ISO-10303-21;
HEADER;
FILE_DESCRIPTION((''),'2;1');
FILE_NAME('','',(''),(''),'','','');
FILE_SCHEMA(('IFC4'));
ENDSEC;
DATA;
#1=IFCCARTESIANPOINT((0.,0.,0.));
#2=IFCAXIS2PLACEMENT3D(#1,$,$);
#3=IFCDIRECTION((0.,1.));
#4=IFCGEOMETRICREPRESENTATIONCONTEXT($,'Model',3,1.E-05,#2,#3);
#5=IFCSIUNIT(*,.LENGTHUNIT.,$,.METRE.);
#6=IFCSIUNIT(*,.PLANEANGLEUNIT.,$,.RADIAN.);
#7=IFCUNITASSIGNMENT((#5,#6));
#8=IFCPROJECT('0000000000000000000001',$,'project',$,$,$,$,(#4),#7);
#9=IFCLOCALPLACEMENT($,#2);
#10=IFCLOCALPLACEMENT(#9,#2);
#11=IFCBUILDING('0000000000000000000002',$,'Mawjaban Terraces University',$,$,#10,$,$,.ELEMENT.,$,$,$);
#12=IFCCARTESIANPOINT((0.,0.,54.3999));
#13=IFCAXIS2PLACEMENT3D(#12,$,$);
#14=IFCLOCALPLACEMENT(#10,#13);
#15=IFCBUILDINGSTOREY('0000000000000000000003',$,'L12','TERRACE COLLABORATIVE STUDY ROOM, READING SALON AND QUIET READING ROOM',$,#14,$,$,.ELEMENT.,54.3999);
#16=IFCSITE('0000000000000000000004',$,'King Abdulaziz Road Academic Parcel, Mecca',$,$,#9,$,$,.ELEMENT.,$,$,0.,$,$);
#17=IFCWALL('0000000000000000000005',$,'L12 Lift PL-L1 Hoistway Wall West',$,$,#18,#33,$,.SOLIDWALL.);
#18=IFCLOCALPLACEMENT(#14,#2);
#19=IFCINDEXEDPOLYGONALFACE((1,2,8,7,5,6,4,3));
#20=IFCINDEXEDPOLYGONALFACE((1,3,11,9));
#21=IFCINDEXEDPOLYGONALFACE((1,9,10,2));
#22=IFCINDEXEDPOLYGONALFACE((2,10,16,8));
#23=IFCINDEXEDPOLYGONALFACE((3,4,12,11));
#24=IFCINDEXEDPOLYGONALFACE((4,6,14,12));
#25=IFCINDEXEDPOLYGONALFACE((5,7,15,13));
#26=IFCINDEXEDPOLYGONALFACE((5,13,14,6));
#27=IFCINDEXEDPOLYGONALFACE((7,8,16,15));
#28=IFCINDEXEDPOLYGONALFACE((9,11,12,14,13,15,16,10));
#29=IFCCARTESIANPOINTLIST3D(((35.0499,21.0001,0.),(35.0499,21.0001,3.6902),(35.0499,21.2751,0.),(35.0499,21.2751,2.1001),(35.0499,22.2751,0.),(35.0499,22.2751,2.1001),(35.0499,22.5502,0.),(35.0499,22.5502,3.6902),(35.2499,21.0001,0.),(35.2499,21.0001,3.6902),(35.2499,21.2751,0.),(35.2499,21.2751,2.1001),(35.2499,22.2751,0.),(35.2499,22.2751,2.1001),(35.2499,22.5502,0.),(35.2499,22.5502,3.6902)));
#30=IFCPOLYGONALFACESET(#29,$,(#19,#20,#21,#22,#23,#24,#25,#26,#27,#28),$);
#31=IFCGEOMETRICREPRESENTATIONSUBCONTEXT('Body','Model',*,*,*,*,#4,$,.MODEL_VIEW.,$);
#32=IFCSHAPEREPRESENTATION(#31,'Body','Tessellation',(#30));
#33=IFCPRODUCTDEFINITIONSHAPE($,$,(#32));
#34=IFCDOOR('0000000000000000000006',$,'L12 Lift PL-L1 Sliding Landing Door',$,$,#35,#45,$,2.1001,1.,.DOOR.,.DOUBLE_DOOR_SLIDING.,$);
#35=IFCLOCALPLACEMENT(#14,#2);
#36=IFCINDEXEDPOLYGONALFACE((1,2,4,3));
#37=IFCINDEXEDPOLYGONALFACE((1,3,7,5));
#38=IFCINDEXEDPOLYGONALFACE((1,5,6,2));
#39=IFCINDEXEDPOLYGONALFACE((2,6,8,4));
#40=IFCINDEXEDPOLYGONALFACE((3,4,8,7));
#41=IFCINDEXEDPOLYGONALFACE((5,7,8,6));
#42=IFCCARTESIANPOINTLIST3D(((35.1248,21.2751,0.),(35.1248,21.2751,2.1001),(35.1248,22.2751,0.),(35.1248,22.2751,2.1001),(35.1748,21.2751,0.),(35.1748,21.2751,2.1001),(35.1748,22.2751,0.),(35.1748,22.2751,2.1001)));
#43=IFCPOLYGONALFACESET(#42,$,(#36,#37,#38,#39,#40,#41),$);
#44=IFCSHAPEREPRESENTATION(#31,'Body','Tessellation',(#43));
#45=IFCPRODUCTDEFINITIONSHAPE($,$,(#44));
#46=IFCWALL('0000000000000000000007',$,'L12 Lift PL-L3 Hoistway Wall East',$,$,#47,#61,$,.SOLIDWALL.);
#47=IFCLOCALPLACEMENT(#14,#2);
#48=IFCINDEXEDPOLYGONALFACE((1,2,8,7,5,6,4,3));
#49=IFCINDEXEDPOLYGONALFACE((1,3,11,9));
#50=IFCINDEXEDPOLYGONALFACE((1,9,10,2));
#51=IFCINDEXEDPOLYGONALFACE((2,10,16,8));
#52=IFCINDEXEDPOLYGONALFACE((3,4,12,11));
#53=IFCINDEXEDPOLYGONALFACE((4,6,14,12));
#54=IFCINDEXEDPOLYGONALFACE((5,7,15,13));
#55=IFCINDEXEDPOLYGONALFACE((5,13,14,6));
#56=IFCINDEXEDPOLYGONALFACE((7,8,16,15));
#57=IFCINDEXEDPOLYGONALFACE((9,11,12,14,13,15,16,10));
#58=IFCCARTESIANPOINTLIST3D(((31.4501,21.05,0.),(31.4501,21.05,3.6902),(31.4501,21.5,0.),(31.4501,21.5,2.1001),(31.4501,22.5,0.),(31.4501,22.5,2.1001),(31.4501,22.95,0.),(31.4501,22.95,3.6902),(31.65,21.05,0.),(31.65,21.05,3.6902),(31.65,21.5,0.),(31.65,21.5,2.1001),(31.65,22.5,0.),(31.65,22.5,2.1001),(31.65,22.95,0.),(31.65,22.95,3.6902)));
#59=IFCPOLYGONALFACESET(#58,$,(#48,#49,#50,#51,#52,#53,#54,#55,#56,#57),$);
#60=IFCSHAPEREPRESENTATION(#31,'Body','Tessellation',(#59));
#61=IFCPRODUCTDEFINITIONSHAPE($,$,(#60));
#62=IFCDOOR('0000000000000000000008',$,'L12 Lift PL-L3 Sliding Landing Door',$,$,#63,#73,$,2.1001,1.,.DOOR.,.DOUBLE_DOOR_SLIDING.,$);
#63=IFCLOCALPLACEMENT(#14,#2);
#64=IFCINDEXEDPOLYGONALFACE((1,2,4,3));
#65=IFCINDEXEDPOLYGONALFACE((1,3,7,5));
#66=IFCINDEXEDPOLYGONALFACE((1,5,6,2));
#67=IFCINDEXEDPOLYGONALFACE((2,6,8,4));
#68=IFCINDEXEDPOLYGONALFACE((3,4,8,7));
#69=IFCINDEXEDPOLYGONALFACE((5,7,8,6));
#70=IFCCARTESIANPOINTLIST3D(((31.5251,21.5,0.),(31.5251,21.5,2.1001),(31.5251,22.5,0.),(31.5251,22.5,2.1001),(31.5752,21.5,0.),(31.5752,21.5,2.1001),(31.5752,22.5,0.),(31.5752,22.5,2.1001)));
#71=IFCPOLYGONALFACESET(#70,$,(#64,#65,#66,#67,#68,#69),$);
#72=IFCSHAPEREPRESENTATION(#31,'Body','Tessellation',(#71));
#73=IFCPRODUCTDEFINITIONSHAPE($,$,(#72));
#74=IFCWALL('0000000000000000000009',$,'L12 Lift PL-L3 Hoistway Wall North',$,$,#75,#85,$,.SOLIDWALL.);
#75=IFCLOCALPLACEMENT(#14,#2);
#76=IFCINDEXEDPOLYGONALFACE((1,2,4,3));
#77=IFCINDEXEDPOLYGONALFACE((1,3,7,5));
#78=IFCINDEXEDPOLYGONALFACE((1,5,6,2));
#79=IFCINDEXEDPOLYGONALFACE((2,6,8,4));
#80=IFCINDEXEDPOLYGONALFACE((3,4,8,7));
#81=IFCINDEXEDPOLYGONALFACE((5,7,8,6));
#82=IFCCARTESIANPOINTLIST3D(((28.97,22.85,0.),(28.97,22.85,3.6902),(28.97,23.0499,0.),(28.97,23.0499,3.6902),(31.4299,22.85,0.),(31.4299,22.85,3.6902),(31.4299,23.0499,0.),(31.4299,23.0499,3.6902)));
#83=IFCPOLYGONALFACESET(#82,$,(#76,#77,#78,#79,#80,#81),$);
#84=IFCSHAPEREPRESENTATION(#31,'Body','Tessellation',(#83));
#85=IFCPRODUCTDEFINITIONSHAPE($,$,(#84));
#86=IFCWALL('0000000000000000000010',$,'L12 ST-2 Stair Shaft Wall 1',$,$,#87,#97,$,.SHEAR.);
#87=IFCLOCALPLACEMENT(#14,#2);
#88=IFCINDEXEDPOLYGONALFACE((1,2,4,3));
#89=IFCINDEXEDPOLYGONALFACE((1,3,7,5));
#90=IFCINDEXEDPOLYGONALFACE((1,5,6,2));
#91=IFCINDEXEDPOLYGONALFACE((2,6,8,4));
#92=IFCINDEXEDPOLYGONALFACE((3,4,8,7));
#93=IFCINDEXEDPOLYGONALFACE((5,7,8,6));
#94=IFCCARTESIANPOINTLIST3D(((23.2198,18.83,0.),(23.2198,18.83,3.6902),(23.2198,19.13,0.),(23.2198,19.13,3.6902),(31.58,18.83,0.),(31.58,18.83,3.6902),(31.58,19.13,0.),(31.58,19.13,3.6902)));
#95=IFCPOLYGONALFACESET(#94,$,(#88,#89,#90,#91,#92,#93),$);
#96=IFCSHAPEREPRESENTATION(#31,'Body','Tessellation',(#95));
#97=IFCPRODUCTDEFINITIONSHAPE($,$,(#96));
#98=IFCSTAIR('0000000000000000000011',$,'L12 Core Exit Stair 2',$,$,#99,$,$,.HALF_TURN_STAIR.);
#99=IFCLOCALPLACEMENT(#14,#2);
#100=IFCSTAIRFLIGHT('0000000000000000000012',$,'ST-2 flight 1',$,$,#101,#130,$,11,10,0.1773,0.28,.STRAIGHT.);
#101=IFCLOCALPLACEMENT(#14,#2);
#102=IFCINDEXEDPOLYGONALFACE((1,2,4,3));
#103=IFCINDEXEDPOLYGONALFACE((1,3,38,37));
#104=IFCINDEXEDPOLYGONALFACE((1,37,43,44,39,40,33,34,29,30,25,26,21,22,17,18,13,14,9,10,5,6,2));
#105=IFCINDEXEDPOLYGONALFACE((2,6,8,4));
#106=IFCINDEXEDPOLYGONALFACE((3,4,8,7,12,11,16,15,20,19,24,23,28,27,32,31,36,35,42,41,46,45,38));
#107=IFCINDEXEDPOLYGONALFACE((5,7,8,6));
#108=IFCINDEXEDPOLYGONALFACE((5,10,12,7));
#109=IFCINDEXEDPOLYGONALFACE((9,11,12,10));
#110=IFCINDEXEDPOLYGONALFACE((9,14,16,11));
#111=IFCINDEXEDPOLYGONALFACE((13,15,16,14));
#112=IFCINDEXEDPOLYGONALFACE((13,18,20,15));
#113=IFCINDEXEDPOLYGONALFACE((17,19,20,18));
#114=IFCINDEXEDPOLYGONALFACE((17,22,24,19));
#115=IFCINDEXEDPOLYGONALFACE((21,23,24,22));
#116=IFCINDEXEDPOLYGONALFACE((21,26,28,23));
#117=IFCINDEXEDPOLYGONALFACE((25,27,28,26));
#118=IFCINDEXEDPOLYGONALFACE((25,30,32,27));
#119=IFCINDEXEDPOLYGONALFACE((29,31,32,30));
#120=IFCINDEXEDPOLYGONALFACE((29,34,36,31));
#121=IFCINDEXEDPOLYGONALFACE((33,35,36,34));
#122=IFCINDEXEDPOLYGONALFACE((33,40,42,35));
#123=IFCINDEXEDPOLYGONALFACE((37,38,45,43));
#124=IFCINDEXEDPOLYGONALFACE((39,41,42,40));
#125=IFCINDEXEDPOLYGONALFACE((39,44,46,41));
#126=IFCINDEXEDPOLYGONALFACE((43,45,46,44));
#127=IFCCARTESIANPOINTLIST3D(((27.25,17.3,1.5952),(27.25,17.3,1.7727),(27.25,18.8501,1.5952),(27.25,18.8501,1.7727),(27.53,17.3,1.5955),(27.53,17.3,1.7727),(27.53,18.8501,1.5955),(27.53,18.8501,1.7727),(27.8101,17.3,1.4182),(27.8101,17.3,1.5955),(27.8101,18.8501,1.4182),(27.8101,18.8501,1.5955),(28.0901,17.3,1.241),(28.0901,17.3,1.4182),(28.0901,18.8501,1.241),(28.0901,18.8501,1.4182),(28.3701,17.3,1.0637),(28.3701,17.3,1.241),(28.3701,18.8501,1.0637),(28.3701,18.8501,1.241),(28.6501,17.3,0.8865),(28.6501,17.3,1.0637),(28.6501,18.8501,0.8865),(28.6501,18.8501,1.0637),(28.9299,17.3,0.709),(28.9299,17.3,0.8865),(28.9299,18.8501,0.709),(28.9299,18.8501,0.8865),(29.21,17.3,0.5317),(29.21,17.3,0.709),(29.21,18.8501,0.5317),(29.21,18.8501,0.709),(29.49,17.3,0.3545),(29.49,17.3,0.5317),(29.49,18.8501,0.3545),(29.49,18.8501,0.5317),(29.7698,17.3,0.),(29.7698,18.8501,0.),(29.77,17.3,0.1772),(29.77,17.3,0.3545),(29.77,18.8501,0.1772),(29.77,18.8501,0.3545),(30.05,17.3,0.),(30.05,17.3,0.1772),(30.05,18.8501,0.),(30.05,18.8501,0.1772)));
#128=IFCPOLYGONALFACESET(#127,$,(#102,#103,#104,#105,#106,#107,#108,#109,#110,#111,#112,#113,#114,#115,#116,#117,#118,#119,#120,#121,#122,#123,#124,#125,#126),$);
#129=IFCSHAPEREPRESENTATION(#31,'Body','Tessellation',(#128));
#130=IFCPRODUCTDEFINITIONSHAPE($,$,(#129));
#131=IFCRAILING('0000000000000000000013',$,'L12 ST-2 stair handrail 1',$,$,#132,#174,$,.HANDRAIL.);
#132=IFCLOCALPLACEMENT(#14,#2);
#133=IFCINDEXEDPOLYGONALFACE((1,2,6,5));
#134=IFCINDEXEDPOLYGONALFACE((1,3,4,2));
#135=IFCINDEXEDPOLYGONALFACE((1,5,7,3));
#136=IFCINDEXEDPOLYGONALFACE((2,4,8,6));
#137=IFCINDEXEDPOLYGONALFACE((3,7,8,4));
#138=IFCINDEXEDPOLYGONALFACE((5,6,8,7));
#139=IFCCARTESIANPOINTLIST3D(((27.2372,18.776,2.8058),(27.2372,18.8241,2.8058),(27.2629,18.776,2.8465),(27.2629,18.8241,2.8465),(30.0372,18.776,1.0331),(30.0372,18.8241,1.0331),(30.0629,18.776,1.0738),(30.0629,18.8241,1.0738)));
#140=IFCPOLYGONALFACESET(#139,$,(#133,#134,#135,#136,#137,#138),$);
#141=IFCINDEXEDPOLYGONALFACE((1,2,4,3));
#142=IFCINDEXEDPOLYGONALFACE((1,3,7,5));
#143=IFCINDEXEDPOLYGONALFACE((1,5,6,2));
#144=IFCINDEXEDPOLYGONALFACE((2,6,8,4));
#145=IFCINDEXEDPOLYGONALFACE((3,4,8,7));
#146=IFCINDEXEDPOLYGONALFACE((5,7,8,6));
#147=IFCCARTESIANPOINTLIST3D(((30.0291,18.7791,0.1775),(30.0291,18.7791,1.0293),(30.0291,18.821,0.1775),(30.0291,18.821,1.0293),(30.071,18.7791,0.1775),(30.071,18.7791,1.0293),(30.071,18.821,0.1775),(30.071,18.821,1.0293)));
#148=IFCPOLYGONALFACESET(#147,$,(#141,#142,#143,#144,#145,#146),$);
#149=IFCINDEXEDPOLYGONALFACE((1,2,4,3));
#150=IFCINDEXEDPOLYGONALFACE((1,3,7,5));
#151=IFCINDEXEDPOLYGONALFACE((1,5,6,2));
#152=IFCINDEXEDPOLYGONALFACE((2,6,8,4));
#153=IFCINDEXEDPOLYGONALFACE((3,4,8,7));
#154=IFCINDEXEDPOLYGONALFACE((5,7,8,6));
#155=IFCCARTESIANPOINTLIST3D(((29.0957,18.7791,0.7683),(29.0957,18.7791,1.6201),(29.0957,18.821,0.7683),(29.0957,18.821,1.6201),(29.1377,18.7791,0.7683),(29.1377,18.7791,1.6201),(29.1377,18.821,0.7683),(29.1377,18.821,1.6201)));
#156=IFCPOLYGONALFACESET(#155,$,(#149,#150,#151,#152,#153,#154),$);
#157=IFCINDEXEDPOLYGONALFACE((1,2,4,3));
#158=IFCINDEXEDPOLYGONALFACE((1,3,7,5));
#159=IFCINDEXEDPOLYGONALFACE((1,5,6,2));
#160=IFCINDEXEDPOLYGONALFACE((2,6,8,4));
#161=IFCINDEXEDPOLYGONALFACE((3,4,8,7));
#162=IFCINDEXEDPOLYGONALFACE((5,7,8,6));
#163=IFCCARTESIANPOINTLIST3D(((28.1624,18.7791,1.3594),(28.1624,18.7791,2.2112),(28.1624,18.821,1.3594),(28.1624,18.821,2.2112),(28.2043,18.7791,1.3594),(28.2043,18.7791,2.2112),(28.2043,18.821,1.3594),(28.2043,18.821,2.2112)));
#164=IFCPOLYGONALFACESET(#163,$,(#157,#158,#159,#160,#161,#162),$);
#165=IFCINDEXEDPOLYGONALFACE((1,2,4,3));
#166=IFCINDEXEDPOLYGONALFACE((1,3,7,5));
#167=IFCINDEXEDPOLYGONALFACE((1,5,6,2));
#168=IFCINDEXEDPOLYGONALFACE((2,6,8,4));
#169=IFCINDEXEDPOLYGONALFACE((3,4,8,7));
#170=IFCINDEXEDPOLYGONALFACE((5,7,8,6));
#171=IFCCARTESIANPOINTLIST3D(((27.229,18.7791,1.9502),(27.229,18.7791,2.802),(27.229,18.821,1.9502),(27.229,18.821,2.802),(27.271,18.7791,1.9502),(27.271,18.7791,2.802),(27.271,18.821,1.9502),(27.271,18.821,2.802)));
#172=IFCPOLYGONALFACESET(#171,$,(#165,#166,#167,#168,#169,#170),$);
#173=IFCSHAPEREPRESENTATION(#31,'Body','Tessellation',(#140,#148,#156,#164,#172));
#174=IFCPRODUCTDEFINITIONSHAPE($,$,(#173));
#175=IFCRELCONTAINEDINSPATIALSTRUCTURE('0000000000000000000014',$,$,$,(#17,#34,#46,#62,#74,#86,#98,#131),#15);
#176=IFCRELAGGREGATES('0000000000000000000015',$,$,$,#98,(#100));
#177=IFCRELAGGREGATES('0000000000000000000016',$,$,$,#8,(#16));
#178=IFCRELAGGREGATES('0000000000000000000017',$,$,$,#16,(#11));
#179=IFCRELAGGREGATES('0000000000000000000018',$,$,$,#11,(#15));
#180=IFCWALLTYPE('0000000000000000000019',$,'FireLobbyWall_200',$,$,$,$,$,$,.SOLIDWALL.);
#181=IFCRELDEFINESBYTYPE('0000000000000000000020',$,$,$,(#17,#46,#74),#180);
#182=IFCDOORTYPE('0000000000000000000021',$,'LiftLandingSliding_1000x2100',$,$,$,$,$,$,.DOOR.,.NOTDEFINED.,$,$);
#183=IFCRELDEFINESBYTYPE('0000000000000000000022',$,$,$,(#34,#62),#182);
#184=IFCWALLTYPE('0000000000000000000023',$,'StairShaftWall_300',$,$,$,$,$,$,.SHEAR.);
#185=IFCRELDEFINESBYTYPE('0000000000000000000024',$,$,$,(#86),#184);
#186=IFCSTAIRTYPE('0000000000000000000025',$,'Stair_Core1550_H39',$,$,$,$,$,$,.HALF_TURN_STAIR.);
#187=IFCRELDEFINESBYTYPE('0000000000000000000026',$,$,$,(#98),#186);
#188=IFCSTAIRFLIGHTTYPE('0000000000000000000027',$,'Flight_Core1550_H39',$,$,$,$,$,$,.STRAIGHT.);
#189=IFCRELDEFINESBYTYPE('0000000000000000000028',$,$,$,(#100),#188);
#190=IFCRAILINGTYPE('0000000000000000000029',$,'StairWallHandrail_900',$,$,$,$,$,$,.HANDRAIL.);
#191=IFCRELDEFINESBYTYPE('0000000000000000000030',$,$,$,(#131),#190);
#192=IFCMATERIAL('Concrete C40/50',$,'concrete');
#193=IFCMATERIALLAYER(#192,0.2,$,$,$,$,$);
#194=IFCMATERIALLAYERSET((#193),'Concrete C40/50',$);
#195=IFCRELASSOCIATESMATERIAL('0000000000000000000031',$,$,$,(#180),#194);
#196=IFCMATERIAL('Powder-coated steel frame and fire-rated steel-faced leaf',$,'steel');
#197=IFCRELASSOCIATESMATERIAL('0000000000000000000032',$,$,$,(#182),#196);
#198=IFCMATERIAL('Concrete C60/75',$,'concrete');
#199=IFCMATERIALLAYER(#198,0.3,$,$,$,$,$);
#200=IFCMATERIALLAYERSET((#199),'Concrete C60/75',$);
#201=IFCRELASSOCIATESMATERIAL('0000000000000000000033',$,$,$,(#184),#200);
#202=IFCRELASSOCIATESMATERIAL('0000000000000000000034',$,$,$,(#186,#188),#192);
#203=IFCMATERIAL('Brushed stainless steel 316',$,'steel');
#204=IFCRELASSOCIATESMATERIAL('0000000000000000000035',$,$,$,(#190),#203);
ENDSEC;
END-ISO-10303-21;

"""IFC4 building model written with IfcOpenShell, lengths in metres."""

from ifc_helpers import new_model, si_unit, direction, frame, frame_2d, origin, origin_2d, place, context, subcontext, project, spatial, polyline, rectangle, outline, extrude, material, layer, layer_set, type_object, element, fill, aggregate, save


model = new_model("IFC4")

# Units and contexts
model_context = context("Model", 3, precision=1e-05, world=origin(), true_north=direction((0.0, 1.0)))
body_context = subcontext(model_context, "Body", "Model", "MODEL_VIEW")
ifc_project = project(units=[si_unit("LENGTHUNIT", "METRE"), si_unit("PLANEANGLEUNIT", "RADIAN")], contexts=[model_context])

# Site, building, storey
site_placement = place(None, origin())
site = spatial("IfcSite", under=ifc_project, at=site_placement, Name="King Abdulaziz Road Academic Parcel, Mecca", CompositionType="ELEMENT", RefElevation=0.0)
building_placement = place(site_placement, origin())
building = spatial("IfcBuilding", under=site, at=building_placement, Name="Mawjaban Terraces University", CompositionType="ELEMENT")
storey_placement = place(building_placement, frame((0.0, 0.0, 54.3999)))
storey = spatial("IfcBuildingStorey", under=building, at=storey_placement, Name="L12", Description="TERRACE COLLABORATIVE STUDY ROOM, READING SALON AND QUIET READING ROOM", CompositionType="ELEMENT", Elevation=54.3999)

# Shared definitions
ifc_material_1 = material(Name="Concrete C40/50", Category="concrete")
ifc_layer_1 = layer(ifc_material_1, 0.2)
ifc_layer_set_1 = layer_set([ifc_layer_1], Name="Concrete C40/50")
wall_type_1 = type_object("IfcWallType", Name="FireLobbyWall_200", PredefinedType="SOLIDWALL", material=ifc_layer_set_1)

# Walls, openings, doors
wall_1_placement = place(storey_placement, frame((35.1499, 22.55, 0.0), z_axis=(0.0, 0.0, 1.0), x_axis=(0.0, -1.0, 0.0)))
wall_1 = element("IfcWall", 1, at=wall_1_placement, inside=storey, type_object=wall_type_1, Name="L12 Lift PL-L1 Hoistway Wall West", PredefinedType="SOLIDWALL", context=body_context, shape_type="SweptSolid", body=[
    extrude(rectangle(XDim=1.55, YDim=0.2, at=frame_2d((0.7749, 0.0))), origin(), (0.0, 0.0, 1.0), 3.6902),
])
opening_1_placement = place(wall_1_placement, frame((0.2749, 0.0, 0.0)))
opening_1 = element("IfcOpeningElement", 2, at=opening_1_placement, cuts=wall_1, PredefinedType="OPENING", context=body_context, shape_type="SweptSolid", body=[
    extrude(rectangle(XDim=1.0, YDim=2.1001, at=frame_2d((0.5, 1.05))), frame((0.0, 0.1099, 0.0), z_axis=(0.0, -1.0, 0.0), x_axis=(1.0, 0.0, 0.0)), (0.0, 0.0, 1.0), 0.22),
])
ifc_material_2 = material(Name="Powder-coated steel frame and fire-rated steel-faced leaf", Category="steel")
door_type_1 = type_object("IfcDoorType", Name="LiftLandingSliding_1000x2100", OperationType="NOTDEFINED", PredefinedType="DOOR", material=ifc_material_2)
door_1_placement = place(opening_1_placement, origin())
door_1 = element("IfcDoor", 3, at=door_1_placement, inside=storey, type_object=door_type_1, Name="L12 Lift PL-L1 Sliding Landing Door", OperationType="DOUBLE_DOOR_SLIDING", OverallHeight=2.1001, OverallWidth=1.0, PredefinedType="DOOR", context=body_context, shape_type="SweptSolid", body=[
    extrude(rectangle(XDim=1.0, YDim=2.1001, at=frame_2d((0.5, 1.05))), frame((0.0, 0.0249, 0.0), z_axis=(0.0, -1.0, 0.0), x_axis=(1.0, 0.0, 0.0)), (0.0, 0.0, 1.0), 0.05),
])
fill(opening_1, door_1)
wall_2_placement = place(storey_placement, frame((31.55, 21.05, 0.0), z_axis=(0.0, 0.0, 1.0), x_axis=(0.0, 1.0, 0.0)))
wall_2 = element("IfcWall", 4, at=wall_2_placement, inside=storey, type_object=wall_type_1, Name="L12 Lift PL-L3 Hoistway Wall East", PredefinedType="SOLIDWALL", context=body_context, shape_type="SweptSolid", body=[
    extrude(rectangle(XDim=1.8999, YDim=0.2, at=frame_2d((0.95, 0.0))), origin(), (0.0, 0.0, 1.0), 3.6902),
])
opening_2_placement = place(wall_2_placement, frame((0.45, 0.0, 0.0)))
opening_2 = element("IfcOpeningElement", 5, at=opening_2_placement, cuts=wall_2, PredefinedType="OPENING", context=body_context, shape_type="SweptSolid", body=[
    extrude(rectangle(XDim=1.0, YDim=2.1001, at=frame_2d((0.5, 1.05))), frame((0.0, 0.1099, 0.0), z_axis=(0.0, -1.0, 0.0), x_axis=(1.0, 0.0, 0.0)), (0.0, 0.0, 1.0), 0.22),
])
door_2_placement = place(opening_2_placement, origin())
door_2 = element("IfcDoor", 6, at=door_2_placement, inside=storey, type_object=door_type_1, Name="L12 Lift PL-L3 Sliding Landing Door", OperationType="DOUBLE_DOOR_SLIDING", OverallHeight=2.1001, OverallWidth=1.0, PredefinedType="DOOR", context=body_context, shape_type="SweptSolid", body=[
    extrude(rectangle(XDim=1.0, YDim=2.1001, at=frame_2d((0.5, 1.05))), frame((0.0, 0.0249, 0.0), z_axis=(0.0, -1.0, 0.0), x_axis=(1.0, 0.0, 0.0)), (0.0, 0.0, 1.0), 0.05),
])
fill(opening_2, door_2)

# Walls
wall_3_placement = place(storey_placement, frame((31.4299, 22.95, 0.0), z_axis=(0.0, 0.0, 1.0), x_axis=(-1.0, 0.0, 0.0)))
element("IfcWall", 7, at=wall_3_placement, inside=storey, type_object=wall_type_1, Name="L12 Lift PL-L3 Hoistway Wall North", PredefinedType="SOLIDWALL", context=body_context, shape_type="SweptSolid", body=[
    extrude(rectangle(XDim=2.46, YDim=0.2, at=frame_2d((1.23, 0.0))), origin(), (0.0, 0.0, 1.0), 3.6902),
])
ifc_material_3 = material(Name="Concrete C60/75", Category="concrete")
ifc_layer_2 = layer(ifc_material_3, 0.3)
ifc_layer_set_2 = layer_set([ifc_layer_2], Name="Concrete C60/75")
wall_type_2 = type_object("IfcWallType", Name="StairShaftWall_300", PredefinedType="SHEAR", material=ifc_layer_set_2)
wall_4_placement = place(storey_placement, frame((31.5801, 18.98, 0.0), z_axis=(0.0, 0.0, 1.0), x_axis=(-1.0, 0.0, 0.0)))
element("IfcWall", 8, at=wall_4_placement, inside=storey, type_object=wall_type_2, Name="L12 ST-2 Stair Shaft Wall 1", PredefinedType="SHEAR", context=body_context, shape_type="SweptSolid", body=[
    extrude(rectangle(XDim=8.3601, YDim=0.3, at=frame_2d((4.1802, 0.0))), origin(), (0.0, 0.0, 1.0), 3.6902),
])

# Stair, stair flight
stair_type = type_object("IfcStairType", Name="Stair_Core1550_H39", PredefinedType="HALF_TURN_STAIR", material=ifc_material_1)
stair_placement = place(storey_placement, origin())
stair = element("IfcStair", 9, at=stair_placement, inside=storey, type_object=stair_type, Name="L12 Core Exit Stair 2", PredefinedType="HALF_TURN_STAIR")
stair_flight_type = type_object("IfcStairFlightType", Name="Flight_Core1550_H39", PredefinedType="STRAIGHT", material=ifc_material_1)
stair_flight_placement = place(storey_placement, frame((30.05, 18.075, 0.0), z_axis=(0.0, 0.0, 1.0), x_axis=(-1.0, 0.0, 0.0)))
stair_flight = element("IfcStairFlight", 10, at=stair_flight_placement, type_object=stair_flight_type, Name="ST-2 flight 1", NumberOfRisers=11, NumberOfTreads=10, PredefinedType="STRAIGHT", RiserHeight=0.1773, TreadLength=0.28, context=body_context, shape_type="SweptSolid", body=[
    extrude(outline(polyline([(0.0, 0.0), (0.0, 0.1772), (0.28, 0.1772), (0.28, 0.3545), (0.5601, 0.3545), (0.5601, 0.5317), (0.8401, 0.5317), (0.8401, 0.709), (1.1201, 0.709), (1.1201, 0.8865), (1.3999, 0.8865), (1.3999, 1.0637), (1.6799, 1.0637), (1.6799, 1.241), (1.96, 1.241), (1.96, 1.4182), (2.24, 1.4182), (2.24, 1.5955), (2.52, 1.5955), (2.52, 1.7727), (2.8, 1.7727), (2.8, 1.95), (2.8, 1.5952), (0.2803, 0.0), (0.0, 0.0)])), frame((0.0, 0.7749, 0.0), z_axis=(0.0, -1.0, 0.0), x_axis=(1.0, 0.0, 0.0)), (0.0, 0.0, 1.0), 1.55),
])
aggregate(stair, [stair_flight])

# Railing
ifc_material_4 = material(Name="Brushed stainless steel 316", Category="steel")
railing_type_1 = type_object("IfcRailingType", Name="StairWallHandrail_900", PredefinedType="HANDRAIL", material=ifc_material_4)
railing_1_placement = place(storey_placement, frame((30.05, 18.8, 0.1775)))
element("IfcRailing", 11, at=railing_1_placement, inside=storey, type_object=railing_type_1, Name="L12 ST-2 stair handrail 1", PredefinedType="HANDRAIL", context=body_context, shape_type="SweptSolid", body=[
    extrude(rectangle(XDim=0.0481, YDim=0.0481, at=origin_2d()), frame((0.0, 0.0, 0.876), z_axis=(-0.844909, 0.0, 0.53491), x_axis=(0.0, -1.0, 0.0)), (0.0, 0.0, 1.0), 3.314),
    extrude(rectangle(XDim=0.042, YDim=0.042, at=origin_2d()), origin(), (0.0, 0.0, 1.0), 0.8518),
    extrude(rectangle(XDim=0.042, YDim=0.042, at=origin_2d()), frame((-0.9333, 0.0, 0.5908)), (0.0, 0.0, 1.0), 0.8518),
    extrude(rectangle(XDim=0.042, YDim=0.042, at=origin_2d()), frame((-1.8667, 0.0, 1.1819)), (0.0, 0.0, 1.0), 0.8518),
    extrude(rectangle(XDim=0.042, YDim=0.042, at=origin_2d()), frame((-2.8, 0.0, 1.7727)), (0.0, 0.0, 1.0), 0.8518),
])

save(model, "model.ifc")
